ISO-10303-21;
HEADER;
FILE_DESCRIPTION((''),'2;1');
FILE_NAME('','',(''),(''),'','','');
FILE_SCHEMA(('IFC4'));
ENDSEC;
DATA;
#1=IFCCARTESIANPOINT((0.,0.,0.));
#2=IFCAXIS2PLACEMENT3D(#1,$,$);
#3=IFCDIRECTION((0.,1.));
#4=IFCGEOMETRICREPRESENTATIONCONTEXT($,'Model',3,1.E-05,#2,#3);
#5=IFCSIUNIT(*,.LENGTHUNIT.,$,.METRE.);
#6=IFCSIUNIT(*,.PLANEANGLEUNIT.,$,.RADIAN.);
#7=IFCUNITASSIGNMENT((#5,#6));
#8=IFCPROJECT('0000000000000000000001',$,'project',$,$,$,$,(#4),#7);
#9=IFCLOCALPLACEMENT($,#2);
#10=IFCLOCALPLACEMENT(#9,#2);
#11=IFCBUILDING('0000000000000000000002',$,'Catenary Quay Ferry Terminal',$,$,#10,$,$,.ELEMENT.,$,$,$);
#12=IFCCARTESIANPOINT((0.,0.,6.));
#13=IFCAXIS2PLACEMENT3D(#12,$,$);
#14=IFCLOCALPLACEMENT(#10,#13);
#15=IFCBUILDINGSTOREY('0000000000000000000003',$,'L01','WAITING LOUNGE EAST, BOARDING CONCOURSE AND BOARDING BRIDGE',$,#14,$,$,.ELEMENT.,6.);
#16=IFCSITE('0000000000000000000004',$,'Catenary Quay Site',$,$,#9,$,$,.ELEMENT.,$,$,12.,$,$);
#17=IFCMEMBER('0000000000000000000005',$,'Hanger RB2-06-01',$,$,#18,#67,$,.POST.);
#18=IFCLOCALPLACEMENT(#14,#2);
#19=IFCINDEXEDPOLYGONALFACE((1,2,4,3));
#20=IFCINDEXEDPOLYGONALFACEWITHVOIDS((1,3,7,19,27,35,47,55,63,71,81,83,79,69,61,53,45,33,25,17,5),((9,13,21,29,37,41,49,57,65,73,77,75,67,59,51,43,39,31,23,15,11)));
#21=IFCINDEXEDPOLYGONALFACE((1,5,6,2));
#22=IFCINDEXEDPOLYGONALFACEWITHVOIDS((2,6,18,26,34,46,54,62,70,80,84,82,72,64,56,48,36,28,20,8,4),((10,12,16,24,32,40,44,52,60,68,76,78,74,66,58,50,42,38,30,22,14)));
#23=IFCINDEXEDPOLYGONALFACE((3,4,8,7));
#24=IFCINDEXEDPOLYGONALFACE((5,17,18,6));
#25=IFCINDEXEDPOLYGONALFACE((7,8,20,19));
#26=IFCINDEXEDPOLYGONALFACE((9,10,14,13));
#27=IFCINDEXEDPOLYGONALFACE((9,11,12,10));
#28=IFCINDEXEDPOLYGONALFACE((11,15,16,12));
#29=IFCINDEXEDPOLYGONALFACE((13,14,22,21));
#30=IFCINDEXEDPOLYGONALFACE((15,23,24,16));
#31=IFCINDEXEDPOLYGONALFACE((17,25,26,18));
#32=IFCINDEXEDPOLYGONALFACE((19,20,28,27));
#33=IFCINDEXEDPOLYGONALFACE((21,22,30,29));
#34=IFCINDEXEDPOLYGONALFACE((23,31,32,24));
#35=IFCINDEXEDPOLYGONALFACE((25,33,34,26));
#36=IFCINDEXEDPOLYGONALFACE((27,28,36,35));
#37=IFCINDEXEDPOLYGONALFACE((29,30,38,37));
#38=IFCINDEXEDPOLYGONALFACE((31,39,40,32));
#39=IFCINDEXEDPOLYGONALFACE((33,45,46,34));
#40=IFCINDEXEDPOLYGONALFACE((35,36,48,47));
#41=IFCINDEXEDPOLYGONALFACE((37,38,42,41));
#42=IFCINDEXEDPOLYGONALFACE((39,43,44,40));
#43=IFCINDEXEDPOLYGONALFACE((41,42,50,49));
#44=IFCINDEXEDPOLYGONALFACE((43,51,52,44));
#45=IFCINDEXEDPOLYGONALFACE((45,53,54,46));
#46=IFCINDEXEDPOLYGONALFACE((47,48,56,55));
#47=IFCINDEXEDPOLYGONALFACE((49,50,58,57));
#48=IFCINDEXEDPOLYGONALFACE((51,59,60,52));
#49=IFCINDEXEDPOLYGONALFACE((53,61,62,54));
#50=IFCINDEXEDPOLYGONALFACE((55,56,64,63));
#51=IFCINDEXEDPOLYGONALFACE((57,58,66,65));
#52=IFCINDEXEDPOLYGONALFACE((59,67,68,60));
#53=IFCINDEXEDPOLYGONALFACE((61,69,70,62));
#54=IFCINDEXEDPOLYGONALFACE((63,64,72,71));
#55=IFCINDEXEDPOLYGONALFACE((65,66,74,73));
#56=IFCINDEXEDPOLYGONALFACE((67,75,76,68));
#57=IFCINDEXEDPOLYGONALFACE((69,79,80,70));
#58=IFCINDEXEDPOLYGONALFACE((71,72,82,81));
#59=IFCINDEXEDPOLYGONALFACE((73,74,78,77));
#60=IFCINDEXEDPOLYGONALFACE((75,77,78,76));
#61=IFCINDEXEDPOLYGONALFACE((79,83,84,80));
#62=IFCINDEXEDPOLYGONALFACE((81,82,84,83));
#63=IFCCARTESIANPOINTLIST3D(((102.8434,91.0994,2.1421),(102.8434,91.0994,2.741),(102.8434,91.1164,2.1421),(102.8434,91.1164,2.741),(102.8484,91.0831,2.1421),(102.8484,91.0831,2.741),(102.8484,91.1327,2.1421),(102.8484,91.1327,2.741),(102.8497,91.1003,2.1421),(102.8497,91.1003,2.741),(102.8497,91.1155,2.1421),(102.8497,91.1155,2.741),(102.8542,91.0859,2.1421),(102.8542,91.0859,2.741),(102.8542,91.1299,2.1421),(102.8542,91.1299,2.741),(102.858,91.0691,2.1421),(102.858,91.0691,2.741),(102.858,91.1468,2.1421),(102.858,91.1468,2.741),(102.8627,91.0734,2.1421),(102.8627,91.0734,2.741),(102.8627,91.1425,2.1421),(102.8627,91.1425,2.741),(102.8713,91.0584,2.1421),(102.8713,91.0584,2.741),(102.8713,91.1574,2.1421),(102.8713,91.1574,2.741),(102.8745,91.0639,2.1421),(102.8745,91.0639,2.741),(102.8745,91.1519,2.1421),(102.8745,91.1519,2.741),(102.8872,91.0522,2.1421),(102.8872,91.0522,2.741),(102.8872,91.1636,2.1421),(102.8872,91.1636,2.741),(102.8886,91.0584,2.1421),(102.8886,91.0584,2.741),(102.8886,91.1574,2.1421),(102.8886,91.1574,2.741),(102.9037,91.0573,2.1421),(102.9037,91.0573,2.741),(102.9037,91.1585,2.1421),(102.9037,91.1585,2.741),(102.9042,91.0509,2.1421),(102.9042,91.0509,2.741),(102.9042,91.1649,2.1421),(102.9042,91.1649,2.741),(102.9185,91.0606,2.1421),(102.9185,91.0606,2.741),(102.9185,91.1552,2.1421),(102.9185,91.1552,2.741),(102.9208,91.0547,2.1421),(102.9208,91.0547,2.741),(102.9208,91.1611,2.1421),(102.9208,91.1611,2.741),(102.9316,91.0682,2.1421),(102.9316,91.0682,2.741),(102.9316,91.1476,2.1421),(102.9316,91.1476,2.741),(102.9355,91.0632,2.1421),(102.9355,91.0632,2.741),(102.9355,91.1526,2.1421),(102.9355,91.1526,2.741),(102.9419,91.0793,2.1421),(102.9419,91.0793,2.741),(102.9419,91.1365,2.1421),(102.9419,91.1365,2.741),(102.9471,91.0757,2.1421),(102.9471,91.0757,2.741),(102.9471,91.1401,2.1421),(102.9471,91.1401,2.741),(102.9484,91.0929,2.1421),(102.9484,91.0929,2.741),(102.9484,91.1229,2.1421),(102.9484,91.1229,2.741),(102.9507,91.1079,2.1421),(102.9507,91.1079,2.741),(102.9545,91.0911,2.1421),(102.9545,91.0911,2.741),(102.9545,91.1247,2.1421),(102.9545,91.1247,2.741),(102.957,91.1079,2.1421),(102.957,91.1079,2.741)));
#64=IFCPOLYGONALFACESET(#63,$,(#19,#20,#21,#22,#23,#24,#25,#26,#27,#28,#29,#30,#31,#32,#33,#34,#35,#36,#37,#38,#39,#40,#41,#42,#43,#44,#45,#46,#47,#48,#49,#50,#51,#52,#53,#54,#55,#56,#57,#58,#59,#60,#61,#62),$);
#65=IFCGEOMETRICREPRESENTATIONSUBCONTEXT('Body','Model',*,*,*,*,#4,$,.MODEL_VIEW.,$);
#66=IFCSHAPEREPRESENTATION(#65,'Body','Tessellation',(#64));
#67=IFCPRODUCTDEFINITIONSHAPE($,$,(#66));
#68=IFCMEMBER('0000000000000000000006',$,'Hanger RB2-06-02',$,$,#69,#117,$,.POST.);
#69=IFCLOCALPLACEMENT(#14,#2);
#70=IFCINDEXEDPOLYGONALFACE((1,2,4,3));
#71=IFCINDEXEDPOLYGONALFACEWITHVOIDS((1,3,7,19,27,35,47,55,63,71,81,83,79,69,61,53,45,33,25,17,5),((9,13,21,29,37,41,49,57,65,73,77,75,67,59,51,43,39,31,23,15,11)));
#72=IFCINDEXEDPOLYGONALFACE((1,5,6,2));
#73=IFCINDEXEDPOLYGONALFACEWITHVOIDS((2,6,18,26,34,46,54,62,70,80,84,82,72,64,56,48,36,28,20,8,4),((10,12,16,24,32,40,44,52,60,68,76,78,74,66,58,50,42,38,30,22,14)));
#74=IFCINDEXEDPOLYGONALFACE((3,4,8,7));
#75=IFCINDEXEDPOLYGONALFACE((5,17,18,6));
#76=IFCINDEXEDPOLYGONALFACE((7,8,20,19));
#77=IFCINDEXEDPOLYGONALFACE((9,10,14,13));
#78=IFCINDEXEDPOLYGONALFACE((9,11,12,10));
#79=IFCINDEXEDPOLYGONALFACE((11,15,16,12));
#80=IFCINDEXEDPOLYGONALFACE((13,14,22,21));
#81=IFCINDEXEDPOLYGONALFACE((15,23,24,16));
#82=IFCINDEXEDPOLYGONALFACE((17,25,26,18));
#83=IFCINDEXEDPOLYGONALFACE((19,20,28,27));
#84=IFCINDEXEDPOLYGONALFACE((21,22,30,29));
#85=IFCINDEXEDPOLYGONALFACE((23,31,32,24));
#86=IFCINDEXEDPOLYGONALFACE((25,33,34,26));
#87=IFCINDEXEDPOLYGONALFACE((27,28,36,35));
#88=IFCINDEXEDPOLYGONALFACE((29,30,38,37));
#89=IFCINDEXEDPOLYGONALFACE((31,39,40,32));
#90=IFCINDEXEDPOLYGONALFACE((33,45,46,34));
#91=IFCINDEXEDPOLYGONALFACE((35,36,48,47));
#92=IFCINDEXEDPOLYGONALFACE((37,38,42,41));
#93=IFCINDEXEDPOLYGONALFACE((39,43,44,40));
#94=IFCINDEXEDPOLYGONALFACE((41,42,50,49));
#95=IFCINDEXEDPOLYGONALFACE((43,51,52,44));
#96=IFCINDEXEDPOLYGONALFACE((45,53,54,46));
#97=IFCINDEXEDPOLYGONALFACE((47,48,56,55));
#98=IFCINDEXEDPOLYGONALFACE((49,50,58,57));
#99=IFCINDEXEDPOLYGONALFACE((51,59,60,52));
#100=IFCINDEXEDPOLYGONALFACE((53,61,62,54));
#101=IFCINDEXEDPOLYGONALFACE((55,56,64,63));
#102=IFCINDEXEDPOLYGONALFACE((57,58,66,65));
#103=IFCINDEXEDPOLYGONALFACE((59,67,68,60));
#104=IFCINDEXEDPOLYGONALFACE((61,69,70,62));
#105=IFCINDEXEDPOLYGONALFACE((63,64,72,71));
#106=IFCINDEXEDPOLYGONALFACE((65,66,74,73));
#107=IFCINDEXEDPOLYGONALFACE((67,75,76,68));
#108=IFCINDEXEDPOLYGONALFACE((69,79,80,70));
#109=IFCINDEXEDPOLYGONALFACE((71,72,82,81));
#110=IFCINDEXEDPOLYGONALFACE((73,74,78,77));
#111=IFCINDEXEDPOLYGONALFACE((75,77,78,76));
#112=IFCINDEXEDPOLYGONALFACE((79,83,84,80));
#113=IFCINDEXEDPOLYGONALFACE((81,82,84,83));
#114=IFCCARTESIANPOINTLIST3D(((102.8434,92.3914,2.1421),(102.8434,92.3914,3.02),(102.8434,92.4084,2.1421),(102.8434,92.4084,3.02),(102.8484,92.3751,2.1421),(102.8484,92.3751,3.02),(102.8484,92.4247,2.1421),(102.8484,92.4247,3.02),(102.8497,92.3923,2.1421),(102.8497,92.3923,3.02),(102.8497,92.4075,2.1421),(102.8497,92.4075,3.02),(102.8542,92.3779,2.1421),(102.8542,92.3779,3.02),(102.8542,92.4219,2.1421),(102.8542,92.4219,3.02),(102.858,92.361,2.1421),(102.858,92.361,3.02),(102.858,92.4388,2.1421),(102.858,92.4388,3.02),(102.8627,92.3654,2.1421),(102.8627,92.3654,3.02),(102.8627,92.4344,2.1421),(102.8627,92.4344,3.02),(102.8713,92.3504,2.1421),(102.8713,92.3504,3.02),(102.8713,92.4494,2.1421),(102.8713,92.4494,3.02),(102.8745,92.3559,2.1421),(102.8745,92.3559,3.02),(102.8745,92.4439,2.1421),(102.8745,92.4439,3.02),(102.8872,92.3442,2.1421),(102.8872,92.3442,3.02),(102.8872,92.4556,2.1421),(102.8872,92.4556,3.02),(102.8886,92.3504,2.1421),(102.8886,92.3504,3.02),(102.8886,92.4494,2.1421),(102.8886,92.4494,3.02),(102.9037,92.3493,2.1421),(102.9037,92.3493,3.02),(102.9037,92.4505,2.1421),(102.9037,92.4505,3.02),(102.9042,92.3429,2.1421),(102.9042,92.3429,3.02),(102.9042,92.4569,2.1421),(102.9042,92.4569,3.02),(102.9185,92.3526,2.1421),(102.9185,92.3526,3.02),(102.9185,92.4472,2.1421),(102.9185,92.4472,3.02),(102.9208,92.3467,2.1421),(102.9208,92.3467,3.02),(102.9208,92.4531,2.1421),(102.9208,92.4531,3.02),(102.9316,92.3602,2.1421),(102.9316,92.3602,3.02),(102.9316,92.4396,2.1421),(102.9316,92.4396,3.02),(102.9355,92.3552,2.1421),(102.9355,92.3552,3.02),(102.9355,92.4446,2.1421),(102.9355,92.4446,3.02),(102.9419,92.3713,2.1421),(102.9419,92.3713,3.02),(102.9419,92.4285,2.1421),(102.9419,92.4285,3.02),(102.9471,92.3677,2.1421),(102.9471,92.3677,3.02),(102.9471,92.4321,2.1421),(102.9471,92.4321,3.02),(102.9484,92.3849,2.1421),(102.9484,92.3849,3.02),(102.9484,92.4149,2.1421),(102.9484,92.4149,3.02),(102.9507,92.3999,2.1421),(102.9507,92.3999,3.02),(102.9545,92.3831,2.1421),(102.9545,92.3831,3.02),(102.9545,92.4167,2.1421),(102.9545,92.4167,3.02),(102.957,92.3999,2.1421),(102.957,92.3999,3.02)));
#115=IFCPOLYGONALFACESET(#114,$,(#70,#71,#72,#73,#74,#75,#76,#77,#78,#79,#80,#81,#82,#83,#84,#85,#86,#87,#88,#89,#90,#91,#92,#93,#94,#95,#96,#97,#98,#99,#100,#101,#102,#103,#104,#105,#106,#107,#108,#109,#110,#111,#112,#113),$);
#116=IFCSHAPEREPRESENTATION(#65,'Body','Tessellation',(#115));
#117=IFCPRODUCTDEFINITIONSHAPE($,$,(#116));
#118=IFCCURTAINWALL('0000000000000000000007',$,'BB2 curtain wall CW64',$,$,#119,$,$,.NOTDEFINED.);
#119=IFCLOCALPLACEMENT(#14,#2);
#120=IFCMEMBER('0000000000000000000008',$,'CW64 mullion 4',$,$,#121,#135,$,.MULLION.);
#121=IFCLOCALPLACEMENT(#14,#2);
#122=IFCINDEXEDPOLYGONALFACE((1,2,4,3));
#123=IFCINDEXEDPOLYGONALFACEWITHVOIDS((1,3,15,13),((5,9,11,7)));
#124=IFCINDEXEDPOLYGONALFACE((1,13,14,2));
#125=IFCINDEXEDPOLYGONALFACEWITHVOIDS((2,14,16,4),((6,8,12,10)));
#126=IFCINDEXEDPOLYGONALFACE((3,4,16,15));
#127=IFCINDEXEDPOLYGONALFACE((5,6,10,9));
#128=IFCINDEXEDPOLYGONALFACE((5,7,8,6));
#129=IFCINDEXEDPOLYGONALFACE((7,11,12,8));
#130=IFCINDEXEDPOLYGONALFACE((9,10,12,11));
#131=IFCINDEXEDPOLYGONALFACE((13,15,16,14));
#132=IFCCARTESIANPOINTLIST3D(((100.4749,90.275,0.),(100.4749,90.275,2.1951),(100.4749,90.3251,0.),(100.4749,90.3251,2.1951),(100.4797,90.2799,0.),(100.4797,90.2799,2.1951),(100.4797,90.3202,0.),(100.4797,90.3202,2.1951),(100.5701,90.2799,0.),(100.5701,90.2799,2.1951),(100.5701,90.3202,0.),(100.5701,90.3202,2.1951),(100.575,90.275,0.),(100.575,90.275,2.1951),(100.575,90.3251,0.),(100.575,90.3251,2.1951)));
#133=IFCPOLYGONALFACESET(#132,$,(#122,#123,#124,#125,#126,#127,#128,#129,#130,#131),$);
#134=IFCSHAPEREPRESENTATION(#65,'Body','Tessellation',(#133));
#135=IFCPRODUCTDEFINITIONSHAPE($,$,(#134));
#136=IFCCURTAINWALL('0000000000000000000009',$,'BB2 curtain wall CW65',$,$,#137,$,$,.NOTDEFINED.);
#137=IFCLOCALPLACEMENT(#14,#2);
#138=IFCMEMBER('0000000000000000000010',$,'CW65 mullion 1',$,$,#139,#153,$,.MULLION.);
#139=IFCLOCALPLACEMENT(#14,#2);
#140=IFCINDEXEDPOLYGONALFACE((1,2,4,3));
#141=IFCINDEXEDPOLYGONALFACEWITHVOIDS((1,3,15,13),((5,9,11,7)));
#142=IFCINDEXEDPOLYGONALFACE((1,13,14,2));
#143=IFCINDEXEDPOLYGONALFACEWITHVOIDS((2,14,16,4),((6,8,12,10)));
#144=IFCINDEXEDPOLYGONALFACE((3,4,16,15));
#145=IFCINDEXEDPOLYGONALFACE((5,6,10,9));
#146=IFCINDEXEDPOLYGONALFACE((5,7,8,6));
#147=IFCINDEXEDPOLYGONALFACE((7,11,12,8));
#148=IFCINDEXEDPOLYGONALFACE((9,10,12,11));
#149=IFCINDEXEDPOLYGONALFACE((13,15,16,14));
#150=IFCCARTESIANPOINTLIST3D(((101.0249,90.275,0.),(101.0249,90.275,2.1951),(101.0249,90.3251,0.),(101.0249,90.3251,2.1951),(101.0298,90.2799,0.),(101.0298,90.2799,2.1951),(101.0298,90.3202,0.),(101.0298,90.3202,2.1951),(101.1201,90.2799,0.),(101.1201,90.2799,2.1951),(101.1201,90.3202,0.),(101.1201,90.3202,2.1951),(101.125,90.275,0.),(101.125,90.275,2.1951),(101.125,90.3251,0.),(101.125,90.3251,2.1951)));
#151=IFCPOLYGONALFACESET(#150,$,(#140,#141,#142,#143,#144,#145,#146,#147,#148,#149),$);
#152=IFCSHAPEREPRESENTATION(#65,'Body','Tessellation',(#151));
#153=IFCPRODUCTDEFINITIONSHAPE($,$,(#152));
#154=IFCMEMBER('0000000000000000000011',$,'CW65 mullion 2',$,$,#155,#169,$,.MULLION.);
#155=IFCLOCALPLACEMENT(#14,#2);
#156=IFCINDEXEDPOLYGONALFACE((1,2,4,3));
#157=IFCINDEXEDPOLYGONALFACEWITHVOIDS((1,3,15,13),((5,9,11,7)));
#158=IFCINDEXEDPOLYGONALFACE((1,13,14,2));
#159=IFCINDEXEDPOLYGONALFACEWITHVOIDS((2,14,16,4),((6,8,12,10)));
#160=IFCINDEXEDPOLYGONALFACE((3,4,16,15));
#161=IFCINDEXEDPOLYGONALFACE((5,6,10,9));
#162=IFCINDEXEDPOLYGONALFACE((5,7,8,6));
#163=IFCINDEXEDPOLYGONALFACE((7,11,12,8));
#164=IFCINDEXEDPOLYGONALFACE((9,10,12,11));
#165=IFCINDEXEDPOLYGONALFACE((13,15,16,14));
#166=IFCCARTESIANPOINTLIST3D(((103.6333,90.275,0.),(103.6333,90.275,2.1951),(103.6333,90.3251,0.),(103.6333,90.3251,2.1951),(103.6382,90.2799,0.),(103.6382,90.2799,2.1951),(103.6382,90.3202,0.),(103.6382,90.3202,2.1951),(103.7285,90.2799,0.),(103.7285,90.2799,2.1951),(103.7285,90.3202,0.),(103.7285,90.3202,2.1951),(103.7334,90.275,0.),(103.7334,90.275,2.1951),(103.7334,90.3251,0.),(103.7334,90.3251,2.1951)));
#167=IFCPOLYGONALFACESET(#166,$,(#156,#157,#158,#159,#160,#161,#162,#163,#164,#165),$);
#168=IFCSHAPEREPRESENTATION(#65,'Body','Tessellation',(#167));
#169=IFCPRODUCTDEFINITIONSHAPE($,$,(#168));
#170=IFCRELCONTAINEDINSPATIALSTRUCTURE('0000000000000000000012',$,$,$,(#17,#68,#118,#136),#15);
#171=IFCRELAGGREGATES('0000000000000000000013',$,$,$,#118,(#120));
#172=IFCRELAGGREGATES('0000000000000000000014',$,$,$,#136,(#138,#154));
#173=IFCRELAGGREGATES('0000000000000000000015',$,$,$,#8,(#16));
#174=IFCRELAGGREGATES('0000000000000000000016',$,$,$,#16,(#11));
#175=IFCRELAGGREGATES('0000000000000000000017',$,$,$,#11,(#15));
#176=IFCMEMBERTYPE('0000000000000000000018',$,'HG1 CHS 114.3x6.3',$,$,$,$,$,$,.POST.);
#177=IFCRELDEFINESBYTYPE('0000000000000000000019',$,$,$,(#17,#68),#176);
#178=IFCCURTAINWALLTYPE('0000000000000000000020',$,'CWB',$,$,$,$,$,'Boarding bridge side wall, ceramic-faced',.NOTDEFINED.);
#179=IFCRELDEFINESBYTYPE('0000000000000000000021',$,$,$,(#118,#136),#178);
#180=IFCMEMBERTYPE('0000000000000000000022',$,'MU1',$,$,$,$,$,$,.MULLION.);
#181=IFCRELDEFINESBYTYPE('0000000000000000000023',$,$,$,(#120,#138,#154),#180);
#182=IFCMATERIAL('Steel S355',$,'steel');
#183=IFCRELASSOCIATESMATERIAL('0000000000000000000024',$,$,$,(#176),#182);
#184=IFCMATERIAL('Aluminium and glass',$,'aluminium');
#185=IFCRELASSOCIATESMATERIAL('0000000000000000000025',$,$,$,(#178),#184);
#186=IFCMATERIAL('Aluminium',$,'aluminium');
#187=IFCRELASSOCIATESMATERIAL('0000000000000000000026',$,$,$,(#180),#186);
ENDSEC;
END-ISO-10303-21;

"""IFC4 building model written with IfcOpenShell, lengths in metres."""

from ifc_helpers import new_model, si_unit, direction, frame, origin, origin_2d, place, context, subcontext, project, spatial, hollow_rectangle, hollow_circle, extrude, material, material_profile, profile_set, type_object, element, aggregate, save


model = new_model("IFC4")

# Units and contexts
model_context = context("Model", 3, precision=1e-05, world=origin(), true_north=direction((0.0, 1.0)))
body_context = subcontext(model_context, "Body", "Model", "MODEL_VIEW")
ifc_project = project(units=[si_unit("LENGTHUNIT", "METRE"), si_unit("PLANEANGLEUNIT", "RADIAN")], contexts=[model_context])

# Site, building, storey
site_placement = place(None, origin())
site = spatial("IfcSite", under=ifc_project, at=site_placement, Name="Catenary Quay Site", CompositionType="ELEMENT", RefElevation=12.0)
building_placement = place(site_placement, origin())
building = spatial("IfcBuilding", under=site, at=building_placement, Name="Catenary Quay Ferry Terminal", CompositionType="ELEMENT")
storey_placement = place(building_placement, frame((0.0, 0.0, 6.0)))
storey = spatial("IfcBuildingStorey", under=building, at=storey_placement, Name="L01", Description="WAITING LOUNGE EAST, BOARDING CONCOURSE AND BOARDING BRIDGE", CompositionType="ELEMENT", Elevation=6.0)

# Members
ifc_material_1 = material(Name="Steel S355", Category="steel")
ifc_material_profile_1 = material_profile(ifc_material_1, hollow_circle(Radius=0.0571, WallThickness=0.0063, at=origin_2d()), Name="CHS 114.3x6.3")
ifc_profile_set_1 = profile_set([ifc_material_profile_1], Name="Steel S355")
member_type_1 = type_object("IfcMemberType", Name="HG1 CHS 114.3x6.3", PredefinedType="POST", material=ifc_profile_set_1)
member_1_placement = place(storey_placement, frame((102.8999, 91.1079, 2.1421), z_axis=(0.0, 0.0, 1.0), x_axis=(1.0, 0.0, 0.0)))
element("IfcMember", 1, at=member_1_placement, inside=storey, type_object=member_type_1, Name="Hanger RB2-06-01", PredefinedType="POST", context=body_context, shape_type="SweptSolid", body=[
    extrude(hollow_circle(Radius=0.0571, WallThickness=0.0063, at=origin_2d()), origin(), (0.0, 0.0, 1.0), 0.5989),
])
member_2_placement = place(storey_placement, frame((102.8999, 92.3999, 2.1421), z_axis=(0.0, 0.0, 1.0), x_axis=(1.0, 0.0, 0.0)))
element("IfcMember", 2, at=member_2_placement, inside=storey, type_object=member_type_1, Name="Hanger RB2-06-02", PredefinedType="POST", context=body_context, shape_type="SweptSolid", body=[
    extrude(hollow_circle(Radius=0.0571, WallThickness=0.0063, at=origin_2d()), origin(), (0.0, 0.0, 1.0), 0.8779),
])

# Curtain wall, member
ifc_material_2 = material(Name="Aluminium and glass", Category="aluminium")
curtain_wall_type = type_object("IfcCurtainWallType", Name="CWB", ElementType="Boarding bridge side wall, ceramic-faced", PredefinedType="NOTDEFINED", material=ifc_material_2)
curtain_wall_1_placement = place(storey_placement, origin())
curtain_wall_1 = element("IfcCurtainWall", 3, at=curtain_wall_1_placement, inside=storey, type_object=curtain_wall_type, Name="BB2 curtain wall CW64", PredefinedType="NOTDEFINED")
ifc_material_3 = material(Name="Aluminium", Category="aluminium")
ifc_material_profile_2 = material_profile(ifc_material_3, hollow_rectangle(XDim=0.05, YDim=0.1001, WallThickness=0.0049, at=origin_2d()), Name="MU1")
ifc_profile_set_2 = profile_set([ifc_material_profile_2], Name="Aluminium")
member_type_2 = type_object("IfcMemberType", Name="MU1", PredefinedType="MULLION", material=ifc_profile_set_2)
member_3_placement = place(storey_placement, frame((100.5249, 90.3, 0.0), z_axis=(0.0, 0.0, 1.0), x_axis=(0.0, 1.0, 0.0)))
member_3 = element("IfcMember", 4, at=member_3_placement, type_object=member_type_2, Name="CW64 mullion 4", PredefinedType="MULLION", context=body_context, shape_type="SweptSolid", body=[
    extrude(hollow_rectangle(XDim=0.05, YDim=0.1001, WallThickness=0.0049, at=origin_2d()), origin(), (0.0, 0.0, 1.0), 2.1951),
])

# Curtain wall, members
curtain_wall_2_placement = place(storey_placement, origin())
curtain_wall_2 = element("IfcCurtainWall", 5, at=curtain_wall_2_placement, inside=storey, type_object=curtain_wall_type, Name="BB2 curtain wall CW65", PredefinedType="NOTDEFINED")
member_4_placement = place(storey_placement, frame((101.075, 90.3, 0.0), z_axis=(0.0, 0.0, 1.0), x_axis=(0.0, 1.0, 0.0)))
member_4 = element("IfcMember", 6, at=member_4_placement, type_object=member_type_2, Name="CW65 mullion 1", PredefinedType="MULLION", context=body_context, shape_type="SweptSolid", body=[
    extrude(hollow_rectangle(XDim=0.05, YDim=0.1001, WallThickness=0.0049, at=origin_2d()), origin(), (0.0, 0.0, 1.0), 2.1951),
])
member_5_placement = place(storey_placement, frame((103.6833, 90.3, 0.0), z_axis=(0.0, 0.0, 1.0), x_axis=(0.0, 1.0, 0.0)))
member_5 = element("IfcMember", 7, at=member_5_placement, type_object=member_type_2, Name="CW65 mullion 2", PredefinedType="MULLION", context=body_context, shape_type="SweptSolid", body=[
    extrude(hollow_rectangle(XDim=0.05, YDim=0.1001, WallThickness=0.0049, at=origin_2d()), origin(), (0.0, 0.0, 1.0), 2.1951),
])

aggregate(curtain_wall_1, [member_3])
aggregate(curtain_wall_2, [member_4, member_5])

save(model, "model.ifc")
